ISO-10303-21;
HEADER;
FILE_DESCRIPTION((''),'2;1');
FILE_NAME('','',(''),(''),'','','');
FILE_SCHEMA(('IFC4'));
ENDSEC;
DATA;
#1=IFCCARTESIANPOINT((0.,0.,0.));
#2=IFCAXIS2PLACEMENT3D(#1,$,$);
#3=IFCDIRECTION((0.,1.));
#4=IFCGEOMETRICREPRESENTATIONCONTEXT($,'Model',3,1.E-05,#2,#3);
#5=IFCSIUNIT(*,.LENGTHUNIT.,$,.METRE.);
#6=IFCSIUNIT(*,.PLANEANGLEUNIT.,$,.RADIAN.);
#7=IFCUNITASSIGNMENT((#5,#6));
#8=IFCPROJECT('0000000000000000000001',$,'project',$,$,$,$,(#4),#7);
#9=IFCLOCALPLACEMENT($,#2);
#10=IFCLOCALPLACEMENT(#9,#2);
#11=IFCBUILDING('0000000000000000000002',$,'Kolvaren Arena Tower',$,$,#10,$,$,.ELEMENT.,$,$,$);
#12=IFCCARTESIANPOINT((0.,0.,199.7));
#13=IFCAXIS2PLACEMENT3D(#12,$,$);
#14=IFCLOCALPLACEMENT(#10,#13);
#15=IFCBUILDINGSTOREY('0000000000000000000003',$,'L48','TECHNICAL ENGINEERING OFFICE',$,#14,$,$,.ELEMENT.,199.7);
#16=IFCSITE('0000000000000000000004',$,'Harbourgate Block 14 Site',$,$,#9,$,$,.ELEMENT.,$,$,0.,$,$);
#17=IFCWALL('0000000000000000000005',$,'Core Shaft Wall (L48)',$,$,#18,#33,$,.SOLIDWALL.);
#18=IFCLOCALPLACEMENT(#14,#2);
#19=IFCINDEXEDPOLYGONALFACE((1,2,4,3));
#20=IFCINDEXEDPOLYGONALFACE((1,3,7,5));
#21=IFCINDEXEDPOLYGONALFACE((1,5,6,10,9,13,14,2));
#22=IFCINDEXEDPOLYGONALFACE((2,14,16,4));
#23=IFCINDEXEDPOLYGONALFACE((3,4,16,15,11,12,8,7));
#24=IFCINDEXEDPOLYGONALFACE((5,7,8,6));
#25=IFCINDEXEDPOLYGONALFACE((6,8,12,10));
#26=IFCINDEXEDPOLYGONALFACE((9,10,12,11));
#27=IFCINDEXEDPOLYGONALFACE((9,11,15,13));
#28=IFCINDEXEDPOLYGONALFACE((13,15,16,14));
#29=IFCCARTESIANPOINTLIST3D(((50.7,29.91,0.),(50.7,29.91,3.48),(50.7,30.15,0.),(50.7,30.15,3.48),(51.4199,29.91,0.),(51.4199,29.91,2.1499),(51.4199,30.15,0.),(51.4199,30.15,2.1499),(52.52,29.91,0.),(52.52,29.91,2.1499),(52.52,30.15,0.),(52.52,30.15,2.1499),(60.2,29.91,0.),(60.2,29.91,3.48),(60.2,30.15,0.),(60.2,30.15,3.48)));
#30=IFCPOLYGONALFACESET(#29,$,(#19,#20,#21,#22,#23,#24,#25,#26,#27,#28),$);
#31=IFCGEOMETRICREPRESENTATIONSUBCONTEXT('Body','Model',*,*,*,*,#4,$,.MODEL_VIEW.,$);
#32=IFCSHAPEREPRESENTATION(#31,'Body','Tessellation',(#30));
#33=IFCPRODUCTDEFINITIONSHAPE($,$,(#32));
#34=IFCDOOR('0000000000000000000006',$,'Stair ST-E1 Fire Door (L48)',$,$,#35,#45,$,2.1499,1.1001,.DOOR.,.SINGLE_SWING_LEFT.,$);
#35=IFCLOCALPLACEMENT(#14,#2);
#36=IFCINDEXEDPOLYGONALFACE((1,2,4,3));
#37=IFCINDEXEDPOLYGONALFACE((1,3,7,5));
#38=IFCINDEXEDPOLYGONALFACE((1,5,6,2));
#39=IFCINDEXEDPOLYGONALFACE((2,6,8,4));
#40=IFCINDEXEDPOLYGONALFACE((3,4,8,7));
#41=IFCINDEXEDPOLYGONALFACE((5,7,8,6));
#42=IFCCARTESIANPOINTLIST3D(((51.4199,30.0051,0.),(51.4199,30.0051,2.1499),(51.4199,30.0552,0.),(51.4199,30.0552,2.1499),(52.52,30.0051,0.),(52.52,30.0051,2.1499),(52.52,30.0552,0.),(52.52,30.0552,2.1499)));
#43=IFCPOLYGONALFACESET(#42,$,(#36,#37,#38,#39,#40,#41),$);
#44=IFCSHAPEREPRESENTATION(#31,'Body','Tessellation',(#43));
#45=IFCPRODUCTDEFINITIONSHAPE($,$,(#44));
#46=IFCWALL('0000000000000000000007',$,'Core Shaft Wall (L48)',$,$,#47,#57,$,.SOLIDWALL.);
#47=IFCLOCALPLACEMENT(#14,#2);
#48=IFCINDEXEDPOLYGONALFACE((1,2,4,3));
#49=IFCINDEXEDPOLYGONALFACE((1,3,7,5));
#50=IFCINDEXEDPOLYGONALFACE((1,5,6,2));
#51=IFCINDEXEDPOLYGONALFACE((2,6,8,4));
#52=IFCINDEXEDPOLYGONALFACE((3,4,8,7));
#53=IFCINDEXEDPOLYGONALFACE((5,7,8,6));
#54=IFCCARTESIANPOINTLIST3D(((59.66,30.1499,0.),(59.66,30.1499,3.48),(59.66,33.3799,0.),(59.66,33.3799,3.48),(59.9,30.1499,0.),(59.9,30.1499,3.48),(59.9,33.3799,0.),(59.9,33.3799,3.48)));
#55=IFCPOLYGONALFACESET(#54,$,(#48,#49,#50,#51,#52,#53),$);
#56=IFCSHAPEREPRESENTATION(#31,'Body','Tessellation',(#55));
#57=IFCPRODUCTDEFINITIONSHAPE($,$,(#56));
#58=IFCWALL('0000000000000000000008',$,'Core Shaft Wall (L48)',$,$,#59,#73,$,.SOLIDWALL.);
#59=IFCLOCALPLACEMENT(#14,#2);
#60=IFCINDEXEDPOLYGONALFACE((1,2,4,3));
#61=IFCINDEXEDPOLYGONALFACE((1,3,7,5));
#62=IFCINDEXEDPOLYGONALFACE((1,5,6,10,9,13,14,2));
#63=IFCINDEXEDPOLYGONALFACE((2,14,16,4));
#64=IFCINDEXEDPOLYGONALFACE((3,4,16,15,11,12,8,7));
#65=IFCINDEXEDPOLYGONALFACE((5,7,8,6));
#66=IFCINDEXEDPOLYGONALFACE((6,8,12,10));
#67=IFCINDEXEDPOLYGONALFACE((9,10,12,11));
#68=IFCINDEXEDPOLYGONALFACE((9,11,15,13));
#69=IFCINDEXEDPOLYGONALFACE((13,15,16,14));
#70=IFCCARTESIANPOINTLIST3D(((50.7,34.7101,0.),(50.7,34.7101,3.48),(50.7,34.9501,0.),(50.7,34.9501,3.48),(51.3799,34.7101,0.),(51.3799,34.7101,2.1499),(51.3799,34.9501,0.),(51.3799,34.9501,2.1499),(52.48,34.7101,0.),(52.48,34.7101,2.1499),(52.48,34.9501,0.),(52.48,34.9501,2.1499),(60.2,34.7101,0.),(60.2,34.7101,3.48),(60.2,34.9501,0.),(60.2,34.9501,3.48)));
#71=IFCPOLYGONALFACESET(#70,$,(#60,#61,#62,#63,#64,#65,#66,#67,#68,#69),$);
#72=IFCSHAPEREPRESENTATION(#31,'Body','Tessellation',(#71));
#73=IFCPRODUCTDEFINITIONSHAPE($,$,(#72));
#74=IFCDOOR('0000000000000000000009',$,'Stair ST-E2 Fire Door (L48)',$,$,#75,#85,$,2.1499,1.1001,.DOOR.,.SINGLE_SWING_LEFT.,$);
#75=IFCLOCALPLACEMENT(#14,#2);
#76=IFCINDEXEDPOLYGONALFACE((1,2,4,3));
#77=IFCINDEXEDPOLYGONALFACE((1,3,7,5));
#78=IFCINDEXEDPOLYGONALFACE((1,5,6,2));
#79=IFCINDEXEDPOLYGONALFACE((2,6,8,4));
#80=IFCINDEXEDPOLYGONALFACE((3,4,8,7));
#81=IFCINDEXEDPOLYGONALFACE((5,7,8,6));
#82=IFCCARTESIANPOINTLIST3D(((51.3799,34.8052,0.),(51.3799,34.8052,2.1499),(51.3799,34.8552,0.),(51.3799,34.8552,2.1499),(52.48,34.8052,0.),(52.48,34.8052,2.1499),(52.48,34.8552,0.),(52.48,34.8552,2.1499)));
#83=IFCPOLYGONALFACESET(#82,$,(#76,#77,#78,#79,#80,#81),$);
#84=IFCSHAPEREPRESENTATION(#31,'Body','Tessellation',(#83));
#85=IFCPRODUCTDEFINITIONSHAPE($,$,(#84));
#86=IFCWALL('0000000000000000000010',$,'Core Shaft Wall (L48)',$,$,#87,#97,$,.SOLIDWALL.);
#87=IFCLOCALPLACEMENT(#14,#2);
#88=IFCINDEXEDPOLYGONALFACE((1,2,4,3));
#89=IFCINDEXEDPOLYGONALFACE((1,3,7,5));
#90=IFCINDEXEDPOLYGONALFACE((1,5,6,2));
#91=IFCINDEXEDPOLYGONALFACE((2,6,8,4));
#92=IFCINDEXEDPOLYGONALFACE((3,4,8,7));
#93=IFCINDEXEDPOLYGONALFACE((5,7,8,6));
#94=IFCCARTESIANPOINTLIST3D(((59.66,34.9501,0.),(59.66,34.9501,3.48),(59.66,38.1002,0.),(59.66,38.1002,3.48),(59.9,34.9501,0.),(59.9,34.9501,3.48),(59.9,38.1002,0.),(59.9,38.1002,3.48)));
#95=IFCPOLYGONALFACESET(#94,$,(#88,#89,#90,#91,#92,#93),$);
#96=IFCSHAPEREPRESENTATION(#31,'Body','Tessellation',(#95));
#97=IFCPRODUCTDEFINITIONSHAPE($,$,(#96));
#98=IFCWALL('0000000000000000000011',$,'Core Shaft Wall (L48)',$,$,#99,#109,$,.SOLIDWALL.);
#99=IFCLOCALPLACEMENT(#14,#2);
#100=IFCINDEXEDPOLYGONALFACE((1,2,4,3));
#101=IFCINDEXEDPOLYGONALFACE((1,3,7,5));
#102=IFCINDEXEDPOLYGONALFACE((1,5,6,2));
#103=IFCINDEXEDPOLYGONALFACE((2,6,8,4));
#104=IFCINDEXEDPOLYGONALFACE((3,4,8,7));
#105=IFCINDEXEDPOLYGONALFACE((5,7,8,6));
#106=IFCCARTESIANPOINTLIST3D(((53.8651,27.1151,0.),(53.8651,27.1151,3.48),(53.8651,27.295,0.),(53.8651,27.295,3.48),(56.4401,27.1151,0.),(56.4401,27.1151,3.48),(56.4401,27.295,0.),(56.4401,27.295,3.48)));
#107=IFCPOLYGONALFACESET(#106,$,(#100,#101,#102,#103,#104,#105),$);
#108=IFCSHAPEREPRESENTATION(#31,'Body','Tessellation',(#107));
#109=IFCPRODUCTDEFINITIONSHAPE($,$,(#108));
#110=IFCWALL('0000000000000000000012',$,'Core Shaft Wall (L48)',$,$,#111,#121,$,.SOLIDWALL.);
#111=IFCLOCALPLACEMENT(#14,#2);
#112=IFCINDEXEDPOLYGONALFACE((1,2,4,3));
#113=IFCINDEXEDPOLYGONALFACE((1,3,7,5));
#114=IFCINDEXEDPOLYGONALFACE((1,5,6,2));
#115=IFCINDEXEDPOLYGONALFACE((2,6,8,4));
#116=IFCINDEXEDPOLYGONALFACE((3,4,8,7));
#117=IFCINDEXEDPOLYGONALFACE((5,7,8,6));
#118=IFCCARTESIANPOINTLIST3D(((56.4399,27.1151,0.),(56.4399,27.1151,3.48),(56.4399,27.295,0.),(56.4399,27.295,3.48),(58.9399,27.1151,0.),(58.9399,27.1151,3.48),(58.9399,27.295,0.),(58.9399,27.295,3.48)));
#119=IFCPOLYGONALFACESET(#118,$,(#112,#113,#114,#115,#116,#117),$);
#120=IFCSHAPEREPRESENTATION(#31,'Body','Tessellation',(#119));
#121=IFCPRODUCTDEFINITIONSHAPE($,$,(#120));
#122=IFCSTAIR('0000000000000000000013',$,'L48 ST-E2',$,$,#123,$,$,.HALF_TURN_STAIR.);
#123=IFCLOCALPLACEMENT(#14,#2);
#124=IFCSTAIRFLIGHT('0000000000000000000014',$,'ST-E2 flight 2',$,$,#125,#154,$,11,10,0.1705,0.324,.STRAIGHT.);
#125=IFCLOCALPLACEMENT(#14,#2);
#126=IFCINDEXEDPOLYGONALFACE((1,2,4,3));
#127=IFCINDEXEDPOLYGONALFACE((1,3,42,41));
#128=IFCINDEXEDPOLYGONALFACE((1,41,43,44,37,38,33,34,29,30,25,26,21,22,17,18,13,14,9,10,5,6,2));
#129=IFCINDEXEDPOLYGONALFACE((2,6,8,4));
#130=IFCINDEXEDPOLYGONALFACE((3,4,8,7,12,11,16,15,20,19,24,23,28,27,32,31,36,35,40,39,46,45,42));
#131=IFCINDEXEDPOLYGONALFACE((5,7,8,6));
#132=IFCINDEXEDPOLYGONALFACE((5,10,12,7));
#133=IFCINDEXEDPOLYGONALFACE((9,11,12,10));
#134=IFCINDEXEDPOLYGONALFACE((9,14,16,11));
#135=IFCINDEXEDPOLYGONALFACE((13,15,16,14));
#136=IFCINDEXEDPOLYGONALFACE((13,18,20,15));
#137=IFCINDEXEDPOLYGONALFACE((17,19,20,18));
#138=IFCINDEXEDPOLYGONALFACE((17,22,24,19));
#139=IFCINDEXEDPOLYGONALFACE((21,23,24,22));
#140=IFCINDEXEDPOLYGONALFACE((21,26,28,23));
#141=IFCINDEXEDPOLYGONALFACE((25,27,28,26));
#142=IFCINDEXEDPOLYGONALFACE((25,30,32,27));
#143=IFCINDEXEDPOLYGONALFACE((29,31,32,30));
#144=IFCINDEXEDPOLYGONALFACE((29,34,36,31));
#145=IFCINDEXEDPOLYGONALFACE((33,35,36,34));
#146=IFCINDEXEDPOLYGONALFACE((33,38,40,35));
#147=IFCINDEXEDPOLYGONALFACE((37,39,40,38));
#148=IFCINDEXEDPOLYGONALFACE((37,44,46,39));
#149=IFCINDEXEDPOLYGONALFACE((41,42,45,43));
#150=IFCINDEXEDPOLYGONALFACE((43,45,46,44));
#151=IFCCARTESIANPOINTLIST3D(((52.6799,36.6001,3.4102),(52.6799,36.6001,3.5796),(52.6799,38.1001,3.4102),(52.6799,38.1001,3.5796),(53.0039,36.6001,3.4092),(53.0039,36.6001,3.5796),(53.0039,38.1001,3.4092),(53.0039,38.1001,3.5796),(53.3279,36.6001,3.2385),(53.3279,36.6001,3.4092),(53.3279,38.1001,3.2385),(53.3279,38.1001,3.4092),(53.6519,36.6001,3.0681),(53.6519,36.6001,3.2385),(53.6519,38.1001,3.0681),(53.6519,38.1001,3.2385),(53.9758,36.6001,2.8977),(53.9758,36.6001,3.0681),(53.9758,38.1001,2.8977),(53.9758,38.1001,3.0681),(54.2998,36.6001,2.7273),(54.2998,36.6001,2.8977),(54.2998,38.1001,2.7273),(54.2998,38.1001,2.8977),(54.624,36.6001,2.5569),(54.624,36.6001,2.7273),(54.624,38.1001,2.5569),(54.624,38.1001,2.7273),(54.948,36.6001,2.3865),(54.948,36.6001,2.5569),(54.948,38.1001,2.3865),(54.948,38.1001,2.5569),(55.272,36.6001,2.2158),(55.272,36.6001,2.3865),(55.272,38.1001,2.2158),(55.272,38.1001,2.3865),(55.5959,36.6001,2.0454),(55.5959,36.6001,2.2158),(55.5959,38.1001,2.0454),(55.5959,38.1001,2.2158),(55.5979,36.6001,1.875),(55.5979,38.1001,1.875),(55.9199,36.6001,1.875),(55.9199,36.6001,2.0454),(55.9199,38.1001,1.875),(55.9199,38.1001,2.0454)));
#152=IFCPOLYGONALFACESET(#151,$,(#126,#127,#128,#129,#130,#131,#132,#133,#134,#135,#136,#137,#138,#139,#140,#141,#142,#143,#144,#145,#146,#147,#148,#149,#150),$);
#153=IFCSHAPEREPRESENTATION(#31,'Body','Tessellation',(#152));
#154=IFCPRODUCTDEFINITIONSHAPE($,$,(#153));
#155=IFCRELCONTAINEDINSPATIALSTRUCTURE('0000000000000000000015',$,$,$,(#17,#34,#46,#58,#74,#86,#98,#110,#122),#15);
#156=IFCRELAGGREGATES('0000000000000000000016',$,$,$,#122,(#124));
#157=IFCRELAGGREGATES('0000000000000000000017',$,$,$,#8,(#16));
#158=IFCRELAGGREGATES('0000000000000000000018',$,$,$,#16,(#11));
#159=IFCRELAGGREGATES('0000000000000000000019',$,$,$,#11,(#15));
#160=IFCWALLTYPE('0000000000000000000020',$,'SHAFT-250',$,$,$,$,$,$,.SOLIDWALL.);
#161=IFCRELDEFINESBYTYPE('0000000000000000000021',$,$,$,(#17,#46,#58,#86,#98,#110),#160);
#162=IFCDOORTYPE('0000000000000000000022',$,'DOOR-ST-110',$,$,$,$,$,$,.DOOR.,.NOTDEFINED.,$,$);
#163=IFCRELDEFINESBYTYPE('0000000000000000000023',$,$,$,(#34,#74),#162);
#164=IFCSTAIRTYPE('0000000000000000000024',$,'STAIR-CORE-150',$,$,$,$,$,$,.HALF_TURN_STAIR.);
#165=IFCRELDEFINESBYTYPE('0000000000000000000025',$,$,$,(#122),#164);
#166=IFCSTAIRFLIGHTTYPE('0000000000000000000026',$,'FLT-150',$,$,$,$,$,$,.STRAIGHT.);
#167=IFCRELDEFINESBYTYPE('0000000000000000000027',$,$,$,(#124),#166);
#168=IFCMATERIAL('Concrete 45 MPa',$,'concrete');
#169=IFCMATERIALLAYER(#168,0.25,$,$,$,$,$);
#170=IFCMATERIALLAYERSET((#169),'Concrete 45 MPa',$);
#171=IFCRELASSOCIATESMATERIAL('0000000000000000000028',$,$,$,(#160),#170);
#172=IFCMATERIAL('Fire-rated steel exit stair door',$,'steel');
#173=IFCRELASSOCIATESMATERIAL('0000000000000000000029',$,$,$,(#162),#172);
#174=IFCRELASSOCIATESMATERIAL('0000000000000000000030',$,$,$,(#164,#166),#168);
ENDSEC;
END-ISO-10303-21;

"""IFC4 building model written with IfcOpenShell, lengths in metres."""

from ifc_helpers import new_model, si_unit, direction, frame, frame_2d, origin, place, context, subcontext, project, spatial, polyline, rectangle, outline, extrude, material, layer, layer_set, type_object, element, fill, aggregate, save


model = new_model("IFC4")

# Units and contexts
model_context = context("Model", 3, precision=1e-05, world=origin(), true_north=direction((0.0, 1.0)))
body_context = subcontext(model_context, "Body", "Model", "MODEL_VIEW")
ifc_project = project(units=[si_unit("LENGTHUNIT", "METRE"), si_unit("PLANEANGLEUNIT", "RADIAN")], contexts=[model_context])

# Site, building, storey
site_placement = place(None, origin())
site = spatial("IfcSite", under=ifc_project, at=site_placement, Name="Harbourgate Block 14 Site", CompositionType="ELEMENT", RefElevation=0.0)
building_placement = place(site_placement, origin())
building = spatial("IfcBuilding", under=site, at=building_placement, Name="Kolvaren Arena Tower", CompositionType="ELEMENT")
storey_placement = place(building_placement, frame((0.0, 0.0, 199.7)))
storey = spatial("IfcBuildingStorey", under=building, at=storey_placement, Name="L48", Description="TECHNICAL ENGINEERING OFFICE", CompositionType="ELEMENT", Elevation=199.7)

# Wall, opening, door
ifc_material_1 = material(Name="Concrete 45 MPa", Category="concrete")
ifc_layer = layer(ifc_material_1, 0.25)
ifc_layer_set = layer_set([ifc_layer], Name="Concrete 45 MPa")
wall_type = type_object("IfcWallType", Name="SHAFT-250", PredefinedType="SOLIDWALL", material=ifc_layer_set)
wall_1_placement = place(storey_placement, frame((60.2, 30.03, 0.0), z_axis=(0.0, 0.0, 1.0), x_axis=(-1.0, 0.0, 0.0)))
wall_1 = element("IfcWall", 1, at=wall_1_placement, inside=storey, type_object=wall_type, Name="Core Shaft Wall (L48)", PredefinedType="SOLIDWALL", context=body_context, shape_type="SweptSolid", body=[
    extrude(rectangle(XDim=9.5, YDim=0.24, at=frame_2d((4.75, 0.0))), origin(), (0.0, 0.0, 1.0), 3.48),
])
opening_1_placement = place(wall_1_placement, frame((7.6799, 0.0, 0.0)))
opening_1 = element("IfcOpeningElement", 2, at=opening_1_placement, cuts=wall_1, PredefinedType="OPENING", context=body_context, shape_type="SweptSolid", body=[
    extrude(rectangle(XDim=1.1001, YDim=2.1499, at=frame_2d((0.55, 1.075))), frame((0.0, 0.1299, 0.0), z_axis=(0.0, -1.0, 0.0), x_axis=(1.0, 0.0, 0.0)), (0.0, 0.0, 1.0), 0.26),
])
ifc_material_2 = material(Name="Fire-rated steel exit stair door", Category="steel")
door_type = type_object("IfcDoorType", Name="DOOR-ST-110", OperationType="NOTDEFINED", PredefinedType="DOOR", material=ifc_material_2)
door_1_placement = place(opening_1_placement, origin())
door_1 = element("IfcDoor", 3, at=door_1_placement, inside=storey, type_object=door_type, Name="Stair ST-E1 Fire Door (L48)", OperationType="SINGLE_SWING_LEFT", OverallHeight=2.1499, OverallWidth=1.1001, PredefinedType="DOOR", context=body_context, shape_type="SweptSolid", body=[
    extrude(rectangle(XDim=1.1001, YDim=2.1499, at=frame_2d((0.55, 1.075))), frame((0.0, 0.0249, 0.0), z_axis=(0.0, -1.0, 0.0), x_axis=(1.0, 0.0, 0.0)), (0.0, 0.0, 1.0), 0.05),
])
fill(opening_1, door_1)

# Wall
wall_2_placement = place(storey_placement, frame((59.78, 30.1499, 0.0), z_axis=(0.0, 0.0, 1.0), x_axis=(0.0, 1.0, 0.0)))
element("IfcWall", 4, at=wall_2_placement, inside=storey, type_object=wall_type, Name="Core Shaft Wall (L48)", PredefinedType="SOLIDWALL", context=body_context, shape_type="SweptSolid", body=[
    extrude(rectangle(XDim=3.23, YDim=0.24, at=frame_2d((1.615, 0.0))), origin(), (0.0, 0.0, 1.0), 3.48),
])

# Wall, opening, door
wall_3_placement = place(storey_placement, frame((60.2, 34.8301, 0.0), z_axis=(0.0, 0.0, 1.0), x_axis=(-1.0, 0.0, 0.0)))
wall_3 = element("IfcWall", 5, at=wall_3_placement, inside=storey, type_object=wall_type, Name="Core Shaft Wall (L48)", PredefinedType="SOLIDWALL", context=body_context, shape_type="SweptSolid", body=[
    extrude(rectangle(XDim=9.5, YDim=0.24, at=frame_2d((4.75, 0.0))), origin(), (0.0, 0.0, 1.0), 3.48),
])
opening_2_placement = place(wall_3_placement, frame((7.72, 0.0, 0.0)))
opening_2 = element("IfcOpeningElement", 6, at=opening_2_placement, cuts=wall_3, PredefinedType="OPENING", context=body_context, shape_type="SweptSolid", body=[
    extrude(rectangle(XDim=1.1001, YDim=2.1499, at=frame_2d((0.55, 1.075))), frame((0.0, 0.1299, 0.0), z_axis=(0.0, -1.0, 0.0), x_axis=(1.0, 0.0, 0.0)), (0.0, 0.0, 1.0), 0.26),
])
door_2_placement = place(opening_2_placement, origin())
door_2 = element("IfcDoor", 7, at=door_2_placement, inside=storey, type_object=door_type, Name="Stair ST-E2 Fire Door (L48)", OperationType="SINGLE_SWING_LEFT", OverallHeight=2.1499, OverallWidth=1.1001, PredefinedType="DOOR", context=body_context, shape_type="SweptSolid", body=[
    extrude(rectangle(XDim=1.1001, YDim=2.1499, at=frame_2d((0.55, 1.075))), frame((0.0, 0.0249, 0.0), z_axis=(0.0, -1.0, 0.0), x_axis=(1.0, 0.0, 0.0)), (0.0, 0.0, 1.0), 0.05),
])
fill(opening_2, door_2)

# Walls
wall_4_placement = place(storey_placement, frame((59.78, 34.95, 0.0), z_axis=(0.0, 0.0, 1.0), x_axis=(0.0, 1.0, 0.0)))
element("IfcWall", 8, at=wall_4_placement, inside=storey, type_object=wall_type, Name="Core Shaft Wall (L48)", PredefinedType="SOLIDWALL", context=body_context, shape_type="SweptSolid", body=[
    extrude(rectangle(XDim=3.1501, YDim=0.24, at=frame_2d((1.5752, 0.0))), origin(), (0.0, 0.0, 1.0), 3.48),
])
wall_5_placement = place(storey_placement, frame((53.865, 27.2051, 0.0), z_axis=(0.0, 0.0, 1.0), x_axis=(1.0, 0.0, 0.0)))
element("IfcWall", 9, at=wall_5_placement, inside=storey, type_object=wall_type, Name="Core Shaft Wall (L48)", PredefinedType="SOLIDWALL", context=body_context, shape_type="SweptSolid", body=[
    extrude(rectangle(XDim=2.575, YDim=0.1799, at=frame_2d((1.2876, 0.0))), origin(), (0.0, 0.0, 1.0), 3.48),
])
wall_6_placement = place(storey_placement, frame((56.4399, 27.2051, 0.0), z_axis=(0.0, 0.0, 1.0), x_axis=(1.0, 0.0, 0.0)))
element("IfcWall", 10, at=wall_6_placement, inside=storey, type_object=wall_type, Name="Core Shaft Wall (L48)", PredefinedType="SOLIDWALL", context=body_context, shape_type="SweptSolid", body=[
    extrude(rectangle(XDim=2.5, YDim=0.1799, at=frame_2d((1.25, 0.0))), origin(), (0.0, 0.0, 1.0), 3.48),
])

# Stair, stair flight
stair_type_1 = type_object("IfcStairType", Name="STAIR-CORE-150", PredefinedType="HALF_TURN_STAIR", material=ifc_material_1)
stair_1_placement = place(storey_placement, origin())
stair_1 = element("IfcStair", 11, at=stair_1_placement, inside=storey, type_object=stair_type_1, Name="L48 ST-E2", PredefinedType="HALF_TURN_STAIR")
stair_flight_type_1 = type_object("IfcStairFlightType", Name="FLT-150", PredefinedType="STRAIGHT", material=ifc_material_1)
stair_flight_1_placement = place(storey_placement, frame((55.9199, 37.3501, 1.875), z_axis=(0.0, 0.0, 1.0), x_axis=(-1.0, 0.0, 0.0)))
stair_flight_1 = element("IfcStairFlight", 12, at=stair_flight_1_placement, type_object=stair_flight_type_1, Name="ST-E2 flight 2", NumberOfRisers=11, NumberOfTreads=10, PredefinedType="STRAIGHT", RiserHeight=0.1705, TreadLength=0.324, context=body_context, shape_type="SweptSolid", body=[
    extrude(outline(polyline([(0.0, 0.0), (0.0, 0.1704), (0.324, 0.1704), (0.324, 0.3408), (0.6479, 0.3408), (0.6479, 0.5115), (0.9719, 0.5115), (0.9719, 0.6819), (1.2959, 0.6819), (1.2959, 0.8523), (1.6201, 0.8523), (1.6201, 1.0227), (1.9441, 1.0227), (1.9441, 1.1931), (2.2681, 1.1931), (2.2681, 1.3635), (2.592, 1.3635), (2.592, 1.5342), (2.916, 1.5342), (2.916, 1.7046), (3.24, 1.7046), (3.24, 1.875), (3.24, 1.5352), (0.322, 0.0), (0.0, 0.0)])), frame((0.0, 0.75, 0.0), z_axis=(0.0, -1.0, 0.0), x_axis=(1.0, 0.0, 0.0)), (0.0, 0.0, 1.0), 1.5),
])
aggregate(stair_1, [stair_flight_1])

save(model, "model.ifc")
